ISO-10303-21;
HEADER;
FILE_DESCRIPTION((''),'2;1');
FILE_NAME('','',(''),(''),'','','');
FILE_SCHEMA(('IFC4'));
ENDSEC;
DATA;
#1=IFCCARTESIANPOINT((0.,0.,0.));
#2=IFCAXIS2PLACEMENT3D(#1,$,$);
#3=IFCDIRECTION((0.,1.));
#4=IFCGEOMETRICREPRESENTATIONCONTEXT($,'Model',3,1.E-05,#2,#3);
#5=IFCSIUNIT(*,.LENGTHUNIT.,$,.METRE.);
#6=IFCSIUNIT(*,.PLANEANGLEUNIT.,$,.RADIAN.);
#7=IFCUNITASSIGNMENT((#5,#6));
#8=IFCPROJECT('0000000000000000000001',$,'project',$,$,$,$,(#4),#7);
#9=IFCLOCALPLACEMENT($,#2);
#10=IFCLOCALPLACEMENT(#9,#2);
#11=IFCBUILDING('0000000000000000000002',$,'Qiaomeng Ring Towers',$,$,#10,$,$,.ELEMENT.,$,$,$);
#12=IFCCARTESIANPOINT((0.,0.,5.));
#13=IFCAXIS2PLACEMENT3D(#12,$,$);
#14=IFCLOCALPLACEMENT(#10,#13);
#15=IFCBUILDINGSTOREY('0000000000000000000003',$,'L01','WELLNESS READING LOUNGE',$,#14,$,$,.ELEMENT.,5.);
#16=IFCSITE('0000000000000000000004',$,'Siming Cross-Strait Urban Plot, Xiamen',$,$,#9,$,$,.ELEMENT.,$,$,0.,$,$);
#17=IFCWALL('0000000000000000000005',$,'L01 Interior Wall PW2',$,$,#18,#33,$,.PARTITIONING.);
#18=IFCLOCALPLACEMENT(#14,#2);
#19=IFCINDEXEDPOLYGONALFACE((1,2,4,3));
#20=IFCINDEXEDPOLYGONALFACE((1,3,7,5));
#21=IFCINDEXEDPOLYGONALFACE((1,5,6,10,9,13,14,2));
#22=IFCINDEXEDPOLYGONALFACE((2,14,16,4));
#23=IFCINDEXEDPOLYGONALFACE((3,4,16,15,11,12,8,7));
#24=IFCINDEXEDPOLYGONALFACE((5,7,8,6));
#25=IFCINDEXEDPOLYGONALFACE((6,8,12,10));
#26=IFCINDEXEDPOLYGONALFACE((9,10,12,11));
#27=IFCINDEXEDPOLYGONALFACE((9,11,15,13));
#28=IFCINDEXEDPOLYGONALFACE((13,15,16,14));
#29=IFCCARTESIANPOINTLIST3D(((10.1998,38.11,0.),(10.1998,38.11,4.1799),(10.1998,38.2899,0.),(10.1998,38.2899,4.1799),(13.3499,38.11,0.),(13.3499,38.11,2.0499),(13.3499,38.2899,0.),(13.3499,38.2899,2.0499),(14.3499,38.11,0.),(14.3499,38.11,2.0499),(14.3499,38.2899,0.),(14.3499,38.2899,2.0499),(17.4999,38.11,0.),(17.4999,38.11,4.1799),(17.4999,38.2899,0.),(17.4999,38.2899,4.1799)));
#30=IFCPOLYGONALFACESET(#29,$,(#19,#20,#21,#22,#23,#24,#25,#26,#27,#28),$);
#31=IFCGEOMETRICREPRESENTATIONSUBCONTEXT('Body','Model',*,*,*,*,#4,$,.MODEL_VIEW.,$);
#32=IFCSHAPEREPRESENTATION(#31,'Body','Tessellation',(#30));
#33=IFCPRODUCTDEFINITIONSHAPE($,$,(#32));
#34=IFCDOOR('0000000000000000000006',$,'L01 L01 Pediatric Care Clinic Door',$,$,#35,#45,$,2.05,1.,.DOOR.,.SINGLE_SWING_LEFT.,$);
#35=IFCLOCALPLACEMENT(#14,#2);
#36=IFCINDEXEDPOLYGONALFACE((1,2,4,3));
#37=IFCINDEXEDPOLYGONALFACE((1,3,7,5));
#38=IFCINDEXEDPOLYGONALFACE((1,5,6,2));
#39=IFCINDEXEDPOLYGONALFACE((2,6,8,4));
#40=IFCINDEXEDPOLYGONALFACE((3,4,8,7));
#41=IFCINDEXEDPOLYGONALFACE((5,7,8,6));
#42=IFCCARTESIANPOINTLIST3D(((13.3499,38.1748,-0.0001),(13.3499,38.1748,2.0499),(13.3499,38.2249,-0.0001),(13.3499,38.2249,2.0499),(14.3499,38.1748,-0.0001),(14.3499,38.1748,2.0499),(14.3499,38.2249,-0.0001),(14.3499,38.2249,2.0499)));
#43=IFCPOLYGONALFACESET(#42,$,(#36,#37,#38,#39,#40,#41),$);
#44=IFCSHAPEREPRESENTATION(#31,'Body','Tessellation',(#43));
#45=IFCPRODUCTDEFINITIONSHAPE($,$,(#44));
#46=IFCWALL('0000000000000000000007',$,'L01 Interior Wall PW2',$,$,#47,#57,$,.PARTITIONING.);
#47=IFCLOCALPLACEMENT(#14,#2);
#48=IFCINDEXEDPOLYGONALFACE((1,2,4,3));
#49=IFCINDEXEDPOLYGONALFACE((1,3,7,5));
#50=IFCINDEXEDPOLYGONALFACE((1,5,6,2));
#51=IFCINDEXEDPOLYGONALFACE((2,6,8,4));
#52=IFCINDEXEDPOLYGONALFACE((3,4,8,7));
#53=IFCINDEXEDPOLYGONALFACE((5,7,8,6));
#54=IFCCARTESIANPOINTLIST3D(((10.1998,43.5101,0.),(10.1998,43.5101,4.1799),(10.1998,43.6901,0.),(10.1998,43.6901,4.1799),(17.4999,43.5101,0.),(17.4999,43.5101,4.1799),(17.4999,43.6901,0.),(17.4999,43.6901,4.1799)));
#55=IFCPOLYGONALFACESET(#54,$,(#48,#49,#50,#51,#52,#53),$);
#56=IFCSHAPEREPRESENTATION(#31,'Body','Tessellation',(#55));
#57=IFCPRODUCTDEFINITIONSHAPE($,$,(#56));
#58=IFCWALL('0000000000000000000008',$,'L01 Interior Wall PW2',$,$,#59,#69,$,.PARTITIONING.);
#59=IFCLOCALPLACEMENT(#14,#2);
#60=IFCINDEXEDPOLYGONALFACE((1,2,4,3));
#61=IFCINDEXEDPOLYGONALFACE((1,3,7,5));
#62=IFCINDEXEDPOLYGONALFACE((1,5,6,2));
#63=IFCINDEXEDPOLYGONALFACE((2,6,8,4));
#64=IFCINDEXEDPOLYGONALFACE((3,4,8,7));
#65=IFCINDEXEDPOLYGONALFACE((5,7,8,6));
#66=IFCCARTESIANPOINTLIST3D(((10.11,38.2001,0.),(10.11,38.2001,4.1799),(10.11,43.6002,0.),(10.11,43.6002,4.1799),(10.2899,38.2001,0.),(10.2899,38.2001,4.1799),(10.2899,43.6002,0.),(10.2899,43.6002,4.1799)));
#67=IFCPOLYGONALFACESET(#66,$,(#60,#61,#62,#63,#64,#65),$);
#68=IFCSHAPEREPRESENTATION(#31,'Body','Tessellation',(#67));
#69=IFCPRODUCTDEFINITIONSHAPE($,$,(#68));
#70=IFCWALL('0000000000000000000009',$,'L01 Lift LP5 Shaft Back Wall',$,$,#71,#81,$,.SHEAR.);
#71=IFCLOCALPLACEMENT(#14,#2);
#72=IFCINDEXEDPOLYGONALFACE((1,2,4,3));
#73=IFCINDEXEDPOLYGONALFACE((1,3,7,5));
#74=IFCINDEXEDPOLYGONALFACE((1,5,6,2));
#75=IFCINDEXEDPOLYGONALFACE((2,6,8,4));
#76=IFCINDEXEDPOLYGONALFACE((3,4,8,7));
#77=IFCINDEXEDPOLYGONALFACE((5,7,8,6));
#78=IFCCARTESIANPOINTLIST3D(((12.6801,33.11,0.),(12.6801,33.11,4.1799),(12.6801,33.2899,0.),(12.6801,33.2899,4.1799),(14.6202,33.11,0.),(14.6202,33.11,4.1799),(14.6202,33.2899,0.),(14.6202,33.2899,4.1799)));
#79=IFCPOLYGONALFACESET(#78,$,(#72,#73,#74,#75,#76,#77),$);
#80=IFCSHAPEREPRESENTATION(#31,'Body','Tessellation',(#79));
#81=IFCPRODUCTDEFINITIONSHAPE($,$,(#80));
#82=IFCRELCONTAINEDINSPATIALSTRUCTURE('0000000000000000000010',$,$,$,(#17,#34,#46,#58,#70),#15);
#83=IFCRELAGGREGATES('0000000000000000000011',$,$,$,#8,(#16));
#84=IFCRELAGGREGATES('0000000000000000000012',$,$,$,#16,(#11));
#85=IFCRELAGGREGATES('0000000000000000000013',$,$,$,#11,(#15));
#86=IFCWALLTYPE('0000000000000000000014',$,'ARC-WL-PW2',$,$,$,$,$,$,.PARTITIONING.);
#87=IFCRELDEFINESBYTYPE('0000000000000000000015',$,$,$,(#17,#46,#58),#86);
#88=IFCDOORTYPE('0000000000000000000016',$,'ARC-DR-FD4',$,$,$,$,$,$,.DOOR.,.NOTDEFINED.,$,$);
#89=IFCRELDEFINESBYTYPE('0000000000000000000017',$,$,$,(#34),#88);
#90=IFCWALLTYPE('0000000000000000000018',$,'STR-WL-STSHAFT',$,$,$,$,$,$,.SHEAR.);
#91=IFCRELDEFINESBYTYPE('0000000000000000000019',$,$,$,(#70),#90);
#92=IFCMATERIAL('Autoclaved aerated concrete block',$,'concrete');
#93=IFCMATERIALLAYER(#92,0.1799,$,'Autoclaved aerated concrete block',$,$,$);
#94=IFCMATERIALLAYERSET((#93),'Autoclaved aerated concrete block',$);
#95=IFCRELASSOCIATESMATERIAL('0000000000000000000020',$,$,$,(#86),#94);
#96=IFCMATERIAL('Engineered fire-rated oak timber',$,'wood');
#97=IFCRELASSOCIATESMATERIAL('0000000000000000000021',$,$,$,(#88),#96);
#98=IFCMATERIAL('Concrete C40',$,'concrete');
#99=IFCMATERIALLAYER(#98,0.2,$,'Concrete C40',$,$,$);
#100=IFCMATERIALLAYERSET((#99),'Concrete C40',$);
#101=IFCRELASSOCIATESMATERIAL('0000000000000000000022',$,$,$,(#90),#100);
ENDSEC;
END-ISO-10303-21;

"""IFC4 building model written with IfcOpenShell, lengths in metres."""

from ifc_helpers import new_model, si_unit, direction, frame, frame_2d, origin, place, context, subcontext, project, spatial, rectangle, extrude, source, transform, mapped, material, layer, layer_set, type_object, element, fill, save


model = new_model("IFC4")

# Units and contexts
model_context = context("Model", 3, precision=1e-05, world=origin(), true_north=direction((0.0, 1.0)))
body_context = subcontext(model_context, "Body", "Model", "MODEL_VIEW")
ifc_project = project(units=[si_unit("LENGTHUNIT", "METRE"), si_unit("PLANEANGLEUNIT", "RADIAN")], contexts=[model_context])

# Site, building, storey
site_placement = place(None, origin())
site = spatial("IfcSite", under=ifc_project, at=site_placement, Name="Siming Cross-Strait Urban Plot, Xiamen", CompositionType="ELEMENT", RefElevation=0.0)
building_placement = place(site_placement, origin())
building = spatial("IfcBuilding", under=site, at=building_placement, Name="Qiaomeng Ring Towers", CompositionType="ELEMENT")
storey_placement = place(building_placement, frame((0.0, 0.0, 5.0)))
storey = spatial("IfcBuildingStorey", under=building, at=storey_placement, Name="L01", Description="WELLNESS READING LOUNGE", CompositionType="ELEMENT", Elevation=5.0)

# Shared definitions
ifc_material_1 = material(Name="Autoclaved aerated concrete block", Category="concrete")
ifc_layer_1 = layer(ifc_material_1, 0.1799, Name="Autoclaved aerated concrete block")
ifc_layer_set_1 = layer_set([ifc_layer_1], Name="Autoclaved aerated concrete block")
wall_type_1 = type_object("IfcWallType", Name="ARC-WL-PW2", PredefinedType="PARTITIONING", material=ifc_layer_set_1)

# Wall, opening, door
wall_1_placement = place(storey_placement, frame((10.2, 38.2, 0.0), z_axis=(0.0, 0.0, 1.0), x_axis=(1.0, 0.0, 0.0)))
wall_1 = element("IfcWall", 1, at=wall_1_placement, inside=storey, type_object=wall_type_1, Name="L01 Interior Wall PW2", PredefinedType="PARTITIONING", context=body_context, shape_type="SweptSolid", body=[
    extrude(rectangle(XDim=7.3, YDim=0.1799, at=frame_2d((3.6499, 0.0))), origin(), (0.0, 0.0, 1.0), 4.1799),
])
opening_1_placement = place(wall_1_placement, frame((3.1499, 0.0, 0.0)))
opening_1 = element("IfcOpeningElement", 2, at=opening_1_placement, cuts=wall_1, PredefinedType="OPENING", context=body_context, shape_type="SweptSolid", body=[
    extrude(rectangle(XDim=1.0, YDim=2.05, at=frame_2d((0.5, 1.0249))), frame((0.0, 0.0999, 0.0), z_axis=(0.0, -1.0, 0.0), x_axis=(1.0, 0.0, 0.0)), (0.0, 0.0, 1.0), 0.2),
])
ifc_material_2 = material(Name="Engineered fire-rated oak timber", Category="wood")
door_type_1 = type_object("IfcDoorType", Name="ARC-DR-FD4", OperationType="NOTDEFINED", PredefinedType="DOOR", material=ifc_material_2)
shared_shape_1 = source(origin(), body_context, "Body", "SweptSolid", [
    extrude(rectangle(XDim=1.0, YDim=2.05, at=frame_2d((0.5, 1.0249))), frame((0.0, 0.0249, 0.0), z_axis=(0.0, -1.0, 0.0), x_axis=(1.0, 0.0, 0.0)), (0.0, 0.0, 1.0), 0.05),
])
door_1_placement = place(opening_1_placement, origin())
door_1 = element("IfcDoor", 3, at=door_1_placement, inside=storey, type_object=door_type_1, Name="L01 L01 Pediatric Care Clinic Door", OperationType="SINGLE_SWING_LEFT", OverallHeight=2.05, OverallWidth=1.0, PredefinedType="DOOR", context=body_context, shape_type="MappedRepresentation", body=[
    mapped(shared_shape_1, transform((0.0, 0.0, 0.0), x_axis=(1.0, 0.0, 0.0), y_axis=(0.0, 1.0, 0.0), z_axis=(0.0, 0.0, 1.0), scale=1.0)),
])
fill(opening_1, door_1)

# Walls
wall_2_placement = place(storey_placement, frame((10.2, 43.6001, 0.0), z_axis=(0.0, 0.0, 1.0), x_axis=(1.0, 0.0, 0.0)))
element("IfcWall", 4, at=wall_2_placement, inside=storey, type_object=wall_type_1, Name="L01 Interior Wall PW2", PredefinedType="PARTITIONING", context=body_context, shape_type="SweptSolid", body=[
    extrude(rectangle(XDim=7.3, YDim=0.1799, at=frame_2d((3.6499, 0.0))), origin(), (0.0, 0.0, 1.0), 4.1799),
])
wall_3_placement = place(storey_placement, frame((10.2, 38.2, 0.0), z_axis=(0.0, 0.0, 1.0), x_axis=(0.0, 1.0, 0.0)))
element("IfcWall", 5, at=wall_3_placement, inside=storey, type_object=wall_type_1, Name="L01 Interior Wall PW2", PredefinedType="PARTITIONING", context=body_context, shape_type="SweptSolid", body=[
    extrude(rectangle(XDim=5.4001, YDim=0.1799, at=frame_2d((2.7002, 0.0))), origin(), (0.0, 0.0, 1.0), 4.1799),
])
ifc_material_3 = material(Name="Concrete C40", Category="concrete")
ifc_layer_2 = layer(ifc_material_3, 0.2, Name="Concrete C40")
ifc_layer_set_2 = layer_set([ifc_layer_2], Name="Concrete C40")
wall_type_2 = type_object("IfcWallType", Name="STR-WL-STSHAFT", PredefinedType="SHEAR", material=ifc_layer_set_2)
wall_4_placement = place(storey_placement, frame((12.6799, 33.2, 0.0), z_axis=(0.0, 0.0, 1.0), x_axis=(1.0, 0.0, 0.0)))
element("IfcWall", 6, at=wall_4_placement, inside=storey, type_object=wall_type_2, Name="L01 Lift LP5 Shaft Back Wall", PredefinedType="SHEAR", context=body_context, shape_type="SweptSolid", body=[
    extrude(rectangle(XDim=1.9402, YDim=0.1799, at=frame_2d((0.9702, 0.0))), origin(), (0.0, 0.0, 1.0), 4.1799),
])

save(model, "model.ifc")
